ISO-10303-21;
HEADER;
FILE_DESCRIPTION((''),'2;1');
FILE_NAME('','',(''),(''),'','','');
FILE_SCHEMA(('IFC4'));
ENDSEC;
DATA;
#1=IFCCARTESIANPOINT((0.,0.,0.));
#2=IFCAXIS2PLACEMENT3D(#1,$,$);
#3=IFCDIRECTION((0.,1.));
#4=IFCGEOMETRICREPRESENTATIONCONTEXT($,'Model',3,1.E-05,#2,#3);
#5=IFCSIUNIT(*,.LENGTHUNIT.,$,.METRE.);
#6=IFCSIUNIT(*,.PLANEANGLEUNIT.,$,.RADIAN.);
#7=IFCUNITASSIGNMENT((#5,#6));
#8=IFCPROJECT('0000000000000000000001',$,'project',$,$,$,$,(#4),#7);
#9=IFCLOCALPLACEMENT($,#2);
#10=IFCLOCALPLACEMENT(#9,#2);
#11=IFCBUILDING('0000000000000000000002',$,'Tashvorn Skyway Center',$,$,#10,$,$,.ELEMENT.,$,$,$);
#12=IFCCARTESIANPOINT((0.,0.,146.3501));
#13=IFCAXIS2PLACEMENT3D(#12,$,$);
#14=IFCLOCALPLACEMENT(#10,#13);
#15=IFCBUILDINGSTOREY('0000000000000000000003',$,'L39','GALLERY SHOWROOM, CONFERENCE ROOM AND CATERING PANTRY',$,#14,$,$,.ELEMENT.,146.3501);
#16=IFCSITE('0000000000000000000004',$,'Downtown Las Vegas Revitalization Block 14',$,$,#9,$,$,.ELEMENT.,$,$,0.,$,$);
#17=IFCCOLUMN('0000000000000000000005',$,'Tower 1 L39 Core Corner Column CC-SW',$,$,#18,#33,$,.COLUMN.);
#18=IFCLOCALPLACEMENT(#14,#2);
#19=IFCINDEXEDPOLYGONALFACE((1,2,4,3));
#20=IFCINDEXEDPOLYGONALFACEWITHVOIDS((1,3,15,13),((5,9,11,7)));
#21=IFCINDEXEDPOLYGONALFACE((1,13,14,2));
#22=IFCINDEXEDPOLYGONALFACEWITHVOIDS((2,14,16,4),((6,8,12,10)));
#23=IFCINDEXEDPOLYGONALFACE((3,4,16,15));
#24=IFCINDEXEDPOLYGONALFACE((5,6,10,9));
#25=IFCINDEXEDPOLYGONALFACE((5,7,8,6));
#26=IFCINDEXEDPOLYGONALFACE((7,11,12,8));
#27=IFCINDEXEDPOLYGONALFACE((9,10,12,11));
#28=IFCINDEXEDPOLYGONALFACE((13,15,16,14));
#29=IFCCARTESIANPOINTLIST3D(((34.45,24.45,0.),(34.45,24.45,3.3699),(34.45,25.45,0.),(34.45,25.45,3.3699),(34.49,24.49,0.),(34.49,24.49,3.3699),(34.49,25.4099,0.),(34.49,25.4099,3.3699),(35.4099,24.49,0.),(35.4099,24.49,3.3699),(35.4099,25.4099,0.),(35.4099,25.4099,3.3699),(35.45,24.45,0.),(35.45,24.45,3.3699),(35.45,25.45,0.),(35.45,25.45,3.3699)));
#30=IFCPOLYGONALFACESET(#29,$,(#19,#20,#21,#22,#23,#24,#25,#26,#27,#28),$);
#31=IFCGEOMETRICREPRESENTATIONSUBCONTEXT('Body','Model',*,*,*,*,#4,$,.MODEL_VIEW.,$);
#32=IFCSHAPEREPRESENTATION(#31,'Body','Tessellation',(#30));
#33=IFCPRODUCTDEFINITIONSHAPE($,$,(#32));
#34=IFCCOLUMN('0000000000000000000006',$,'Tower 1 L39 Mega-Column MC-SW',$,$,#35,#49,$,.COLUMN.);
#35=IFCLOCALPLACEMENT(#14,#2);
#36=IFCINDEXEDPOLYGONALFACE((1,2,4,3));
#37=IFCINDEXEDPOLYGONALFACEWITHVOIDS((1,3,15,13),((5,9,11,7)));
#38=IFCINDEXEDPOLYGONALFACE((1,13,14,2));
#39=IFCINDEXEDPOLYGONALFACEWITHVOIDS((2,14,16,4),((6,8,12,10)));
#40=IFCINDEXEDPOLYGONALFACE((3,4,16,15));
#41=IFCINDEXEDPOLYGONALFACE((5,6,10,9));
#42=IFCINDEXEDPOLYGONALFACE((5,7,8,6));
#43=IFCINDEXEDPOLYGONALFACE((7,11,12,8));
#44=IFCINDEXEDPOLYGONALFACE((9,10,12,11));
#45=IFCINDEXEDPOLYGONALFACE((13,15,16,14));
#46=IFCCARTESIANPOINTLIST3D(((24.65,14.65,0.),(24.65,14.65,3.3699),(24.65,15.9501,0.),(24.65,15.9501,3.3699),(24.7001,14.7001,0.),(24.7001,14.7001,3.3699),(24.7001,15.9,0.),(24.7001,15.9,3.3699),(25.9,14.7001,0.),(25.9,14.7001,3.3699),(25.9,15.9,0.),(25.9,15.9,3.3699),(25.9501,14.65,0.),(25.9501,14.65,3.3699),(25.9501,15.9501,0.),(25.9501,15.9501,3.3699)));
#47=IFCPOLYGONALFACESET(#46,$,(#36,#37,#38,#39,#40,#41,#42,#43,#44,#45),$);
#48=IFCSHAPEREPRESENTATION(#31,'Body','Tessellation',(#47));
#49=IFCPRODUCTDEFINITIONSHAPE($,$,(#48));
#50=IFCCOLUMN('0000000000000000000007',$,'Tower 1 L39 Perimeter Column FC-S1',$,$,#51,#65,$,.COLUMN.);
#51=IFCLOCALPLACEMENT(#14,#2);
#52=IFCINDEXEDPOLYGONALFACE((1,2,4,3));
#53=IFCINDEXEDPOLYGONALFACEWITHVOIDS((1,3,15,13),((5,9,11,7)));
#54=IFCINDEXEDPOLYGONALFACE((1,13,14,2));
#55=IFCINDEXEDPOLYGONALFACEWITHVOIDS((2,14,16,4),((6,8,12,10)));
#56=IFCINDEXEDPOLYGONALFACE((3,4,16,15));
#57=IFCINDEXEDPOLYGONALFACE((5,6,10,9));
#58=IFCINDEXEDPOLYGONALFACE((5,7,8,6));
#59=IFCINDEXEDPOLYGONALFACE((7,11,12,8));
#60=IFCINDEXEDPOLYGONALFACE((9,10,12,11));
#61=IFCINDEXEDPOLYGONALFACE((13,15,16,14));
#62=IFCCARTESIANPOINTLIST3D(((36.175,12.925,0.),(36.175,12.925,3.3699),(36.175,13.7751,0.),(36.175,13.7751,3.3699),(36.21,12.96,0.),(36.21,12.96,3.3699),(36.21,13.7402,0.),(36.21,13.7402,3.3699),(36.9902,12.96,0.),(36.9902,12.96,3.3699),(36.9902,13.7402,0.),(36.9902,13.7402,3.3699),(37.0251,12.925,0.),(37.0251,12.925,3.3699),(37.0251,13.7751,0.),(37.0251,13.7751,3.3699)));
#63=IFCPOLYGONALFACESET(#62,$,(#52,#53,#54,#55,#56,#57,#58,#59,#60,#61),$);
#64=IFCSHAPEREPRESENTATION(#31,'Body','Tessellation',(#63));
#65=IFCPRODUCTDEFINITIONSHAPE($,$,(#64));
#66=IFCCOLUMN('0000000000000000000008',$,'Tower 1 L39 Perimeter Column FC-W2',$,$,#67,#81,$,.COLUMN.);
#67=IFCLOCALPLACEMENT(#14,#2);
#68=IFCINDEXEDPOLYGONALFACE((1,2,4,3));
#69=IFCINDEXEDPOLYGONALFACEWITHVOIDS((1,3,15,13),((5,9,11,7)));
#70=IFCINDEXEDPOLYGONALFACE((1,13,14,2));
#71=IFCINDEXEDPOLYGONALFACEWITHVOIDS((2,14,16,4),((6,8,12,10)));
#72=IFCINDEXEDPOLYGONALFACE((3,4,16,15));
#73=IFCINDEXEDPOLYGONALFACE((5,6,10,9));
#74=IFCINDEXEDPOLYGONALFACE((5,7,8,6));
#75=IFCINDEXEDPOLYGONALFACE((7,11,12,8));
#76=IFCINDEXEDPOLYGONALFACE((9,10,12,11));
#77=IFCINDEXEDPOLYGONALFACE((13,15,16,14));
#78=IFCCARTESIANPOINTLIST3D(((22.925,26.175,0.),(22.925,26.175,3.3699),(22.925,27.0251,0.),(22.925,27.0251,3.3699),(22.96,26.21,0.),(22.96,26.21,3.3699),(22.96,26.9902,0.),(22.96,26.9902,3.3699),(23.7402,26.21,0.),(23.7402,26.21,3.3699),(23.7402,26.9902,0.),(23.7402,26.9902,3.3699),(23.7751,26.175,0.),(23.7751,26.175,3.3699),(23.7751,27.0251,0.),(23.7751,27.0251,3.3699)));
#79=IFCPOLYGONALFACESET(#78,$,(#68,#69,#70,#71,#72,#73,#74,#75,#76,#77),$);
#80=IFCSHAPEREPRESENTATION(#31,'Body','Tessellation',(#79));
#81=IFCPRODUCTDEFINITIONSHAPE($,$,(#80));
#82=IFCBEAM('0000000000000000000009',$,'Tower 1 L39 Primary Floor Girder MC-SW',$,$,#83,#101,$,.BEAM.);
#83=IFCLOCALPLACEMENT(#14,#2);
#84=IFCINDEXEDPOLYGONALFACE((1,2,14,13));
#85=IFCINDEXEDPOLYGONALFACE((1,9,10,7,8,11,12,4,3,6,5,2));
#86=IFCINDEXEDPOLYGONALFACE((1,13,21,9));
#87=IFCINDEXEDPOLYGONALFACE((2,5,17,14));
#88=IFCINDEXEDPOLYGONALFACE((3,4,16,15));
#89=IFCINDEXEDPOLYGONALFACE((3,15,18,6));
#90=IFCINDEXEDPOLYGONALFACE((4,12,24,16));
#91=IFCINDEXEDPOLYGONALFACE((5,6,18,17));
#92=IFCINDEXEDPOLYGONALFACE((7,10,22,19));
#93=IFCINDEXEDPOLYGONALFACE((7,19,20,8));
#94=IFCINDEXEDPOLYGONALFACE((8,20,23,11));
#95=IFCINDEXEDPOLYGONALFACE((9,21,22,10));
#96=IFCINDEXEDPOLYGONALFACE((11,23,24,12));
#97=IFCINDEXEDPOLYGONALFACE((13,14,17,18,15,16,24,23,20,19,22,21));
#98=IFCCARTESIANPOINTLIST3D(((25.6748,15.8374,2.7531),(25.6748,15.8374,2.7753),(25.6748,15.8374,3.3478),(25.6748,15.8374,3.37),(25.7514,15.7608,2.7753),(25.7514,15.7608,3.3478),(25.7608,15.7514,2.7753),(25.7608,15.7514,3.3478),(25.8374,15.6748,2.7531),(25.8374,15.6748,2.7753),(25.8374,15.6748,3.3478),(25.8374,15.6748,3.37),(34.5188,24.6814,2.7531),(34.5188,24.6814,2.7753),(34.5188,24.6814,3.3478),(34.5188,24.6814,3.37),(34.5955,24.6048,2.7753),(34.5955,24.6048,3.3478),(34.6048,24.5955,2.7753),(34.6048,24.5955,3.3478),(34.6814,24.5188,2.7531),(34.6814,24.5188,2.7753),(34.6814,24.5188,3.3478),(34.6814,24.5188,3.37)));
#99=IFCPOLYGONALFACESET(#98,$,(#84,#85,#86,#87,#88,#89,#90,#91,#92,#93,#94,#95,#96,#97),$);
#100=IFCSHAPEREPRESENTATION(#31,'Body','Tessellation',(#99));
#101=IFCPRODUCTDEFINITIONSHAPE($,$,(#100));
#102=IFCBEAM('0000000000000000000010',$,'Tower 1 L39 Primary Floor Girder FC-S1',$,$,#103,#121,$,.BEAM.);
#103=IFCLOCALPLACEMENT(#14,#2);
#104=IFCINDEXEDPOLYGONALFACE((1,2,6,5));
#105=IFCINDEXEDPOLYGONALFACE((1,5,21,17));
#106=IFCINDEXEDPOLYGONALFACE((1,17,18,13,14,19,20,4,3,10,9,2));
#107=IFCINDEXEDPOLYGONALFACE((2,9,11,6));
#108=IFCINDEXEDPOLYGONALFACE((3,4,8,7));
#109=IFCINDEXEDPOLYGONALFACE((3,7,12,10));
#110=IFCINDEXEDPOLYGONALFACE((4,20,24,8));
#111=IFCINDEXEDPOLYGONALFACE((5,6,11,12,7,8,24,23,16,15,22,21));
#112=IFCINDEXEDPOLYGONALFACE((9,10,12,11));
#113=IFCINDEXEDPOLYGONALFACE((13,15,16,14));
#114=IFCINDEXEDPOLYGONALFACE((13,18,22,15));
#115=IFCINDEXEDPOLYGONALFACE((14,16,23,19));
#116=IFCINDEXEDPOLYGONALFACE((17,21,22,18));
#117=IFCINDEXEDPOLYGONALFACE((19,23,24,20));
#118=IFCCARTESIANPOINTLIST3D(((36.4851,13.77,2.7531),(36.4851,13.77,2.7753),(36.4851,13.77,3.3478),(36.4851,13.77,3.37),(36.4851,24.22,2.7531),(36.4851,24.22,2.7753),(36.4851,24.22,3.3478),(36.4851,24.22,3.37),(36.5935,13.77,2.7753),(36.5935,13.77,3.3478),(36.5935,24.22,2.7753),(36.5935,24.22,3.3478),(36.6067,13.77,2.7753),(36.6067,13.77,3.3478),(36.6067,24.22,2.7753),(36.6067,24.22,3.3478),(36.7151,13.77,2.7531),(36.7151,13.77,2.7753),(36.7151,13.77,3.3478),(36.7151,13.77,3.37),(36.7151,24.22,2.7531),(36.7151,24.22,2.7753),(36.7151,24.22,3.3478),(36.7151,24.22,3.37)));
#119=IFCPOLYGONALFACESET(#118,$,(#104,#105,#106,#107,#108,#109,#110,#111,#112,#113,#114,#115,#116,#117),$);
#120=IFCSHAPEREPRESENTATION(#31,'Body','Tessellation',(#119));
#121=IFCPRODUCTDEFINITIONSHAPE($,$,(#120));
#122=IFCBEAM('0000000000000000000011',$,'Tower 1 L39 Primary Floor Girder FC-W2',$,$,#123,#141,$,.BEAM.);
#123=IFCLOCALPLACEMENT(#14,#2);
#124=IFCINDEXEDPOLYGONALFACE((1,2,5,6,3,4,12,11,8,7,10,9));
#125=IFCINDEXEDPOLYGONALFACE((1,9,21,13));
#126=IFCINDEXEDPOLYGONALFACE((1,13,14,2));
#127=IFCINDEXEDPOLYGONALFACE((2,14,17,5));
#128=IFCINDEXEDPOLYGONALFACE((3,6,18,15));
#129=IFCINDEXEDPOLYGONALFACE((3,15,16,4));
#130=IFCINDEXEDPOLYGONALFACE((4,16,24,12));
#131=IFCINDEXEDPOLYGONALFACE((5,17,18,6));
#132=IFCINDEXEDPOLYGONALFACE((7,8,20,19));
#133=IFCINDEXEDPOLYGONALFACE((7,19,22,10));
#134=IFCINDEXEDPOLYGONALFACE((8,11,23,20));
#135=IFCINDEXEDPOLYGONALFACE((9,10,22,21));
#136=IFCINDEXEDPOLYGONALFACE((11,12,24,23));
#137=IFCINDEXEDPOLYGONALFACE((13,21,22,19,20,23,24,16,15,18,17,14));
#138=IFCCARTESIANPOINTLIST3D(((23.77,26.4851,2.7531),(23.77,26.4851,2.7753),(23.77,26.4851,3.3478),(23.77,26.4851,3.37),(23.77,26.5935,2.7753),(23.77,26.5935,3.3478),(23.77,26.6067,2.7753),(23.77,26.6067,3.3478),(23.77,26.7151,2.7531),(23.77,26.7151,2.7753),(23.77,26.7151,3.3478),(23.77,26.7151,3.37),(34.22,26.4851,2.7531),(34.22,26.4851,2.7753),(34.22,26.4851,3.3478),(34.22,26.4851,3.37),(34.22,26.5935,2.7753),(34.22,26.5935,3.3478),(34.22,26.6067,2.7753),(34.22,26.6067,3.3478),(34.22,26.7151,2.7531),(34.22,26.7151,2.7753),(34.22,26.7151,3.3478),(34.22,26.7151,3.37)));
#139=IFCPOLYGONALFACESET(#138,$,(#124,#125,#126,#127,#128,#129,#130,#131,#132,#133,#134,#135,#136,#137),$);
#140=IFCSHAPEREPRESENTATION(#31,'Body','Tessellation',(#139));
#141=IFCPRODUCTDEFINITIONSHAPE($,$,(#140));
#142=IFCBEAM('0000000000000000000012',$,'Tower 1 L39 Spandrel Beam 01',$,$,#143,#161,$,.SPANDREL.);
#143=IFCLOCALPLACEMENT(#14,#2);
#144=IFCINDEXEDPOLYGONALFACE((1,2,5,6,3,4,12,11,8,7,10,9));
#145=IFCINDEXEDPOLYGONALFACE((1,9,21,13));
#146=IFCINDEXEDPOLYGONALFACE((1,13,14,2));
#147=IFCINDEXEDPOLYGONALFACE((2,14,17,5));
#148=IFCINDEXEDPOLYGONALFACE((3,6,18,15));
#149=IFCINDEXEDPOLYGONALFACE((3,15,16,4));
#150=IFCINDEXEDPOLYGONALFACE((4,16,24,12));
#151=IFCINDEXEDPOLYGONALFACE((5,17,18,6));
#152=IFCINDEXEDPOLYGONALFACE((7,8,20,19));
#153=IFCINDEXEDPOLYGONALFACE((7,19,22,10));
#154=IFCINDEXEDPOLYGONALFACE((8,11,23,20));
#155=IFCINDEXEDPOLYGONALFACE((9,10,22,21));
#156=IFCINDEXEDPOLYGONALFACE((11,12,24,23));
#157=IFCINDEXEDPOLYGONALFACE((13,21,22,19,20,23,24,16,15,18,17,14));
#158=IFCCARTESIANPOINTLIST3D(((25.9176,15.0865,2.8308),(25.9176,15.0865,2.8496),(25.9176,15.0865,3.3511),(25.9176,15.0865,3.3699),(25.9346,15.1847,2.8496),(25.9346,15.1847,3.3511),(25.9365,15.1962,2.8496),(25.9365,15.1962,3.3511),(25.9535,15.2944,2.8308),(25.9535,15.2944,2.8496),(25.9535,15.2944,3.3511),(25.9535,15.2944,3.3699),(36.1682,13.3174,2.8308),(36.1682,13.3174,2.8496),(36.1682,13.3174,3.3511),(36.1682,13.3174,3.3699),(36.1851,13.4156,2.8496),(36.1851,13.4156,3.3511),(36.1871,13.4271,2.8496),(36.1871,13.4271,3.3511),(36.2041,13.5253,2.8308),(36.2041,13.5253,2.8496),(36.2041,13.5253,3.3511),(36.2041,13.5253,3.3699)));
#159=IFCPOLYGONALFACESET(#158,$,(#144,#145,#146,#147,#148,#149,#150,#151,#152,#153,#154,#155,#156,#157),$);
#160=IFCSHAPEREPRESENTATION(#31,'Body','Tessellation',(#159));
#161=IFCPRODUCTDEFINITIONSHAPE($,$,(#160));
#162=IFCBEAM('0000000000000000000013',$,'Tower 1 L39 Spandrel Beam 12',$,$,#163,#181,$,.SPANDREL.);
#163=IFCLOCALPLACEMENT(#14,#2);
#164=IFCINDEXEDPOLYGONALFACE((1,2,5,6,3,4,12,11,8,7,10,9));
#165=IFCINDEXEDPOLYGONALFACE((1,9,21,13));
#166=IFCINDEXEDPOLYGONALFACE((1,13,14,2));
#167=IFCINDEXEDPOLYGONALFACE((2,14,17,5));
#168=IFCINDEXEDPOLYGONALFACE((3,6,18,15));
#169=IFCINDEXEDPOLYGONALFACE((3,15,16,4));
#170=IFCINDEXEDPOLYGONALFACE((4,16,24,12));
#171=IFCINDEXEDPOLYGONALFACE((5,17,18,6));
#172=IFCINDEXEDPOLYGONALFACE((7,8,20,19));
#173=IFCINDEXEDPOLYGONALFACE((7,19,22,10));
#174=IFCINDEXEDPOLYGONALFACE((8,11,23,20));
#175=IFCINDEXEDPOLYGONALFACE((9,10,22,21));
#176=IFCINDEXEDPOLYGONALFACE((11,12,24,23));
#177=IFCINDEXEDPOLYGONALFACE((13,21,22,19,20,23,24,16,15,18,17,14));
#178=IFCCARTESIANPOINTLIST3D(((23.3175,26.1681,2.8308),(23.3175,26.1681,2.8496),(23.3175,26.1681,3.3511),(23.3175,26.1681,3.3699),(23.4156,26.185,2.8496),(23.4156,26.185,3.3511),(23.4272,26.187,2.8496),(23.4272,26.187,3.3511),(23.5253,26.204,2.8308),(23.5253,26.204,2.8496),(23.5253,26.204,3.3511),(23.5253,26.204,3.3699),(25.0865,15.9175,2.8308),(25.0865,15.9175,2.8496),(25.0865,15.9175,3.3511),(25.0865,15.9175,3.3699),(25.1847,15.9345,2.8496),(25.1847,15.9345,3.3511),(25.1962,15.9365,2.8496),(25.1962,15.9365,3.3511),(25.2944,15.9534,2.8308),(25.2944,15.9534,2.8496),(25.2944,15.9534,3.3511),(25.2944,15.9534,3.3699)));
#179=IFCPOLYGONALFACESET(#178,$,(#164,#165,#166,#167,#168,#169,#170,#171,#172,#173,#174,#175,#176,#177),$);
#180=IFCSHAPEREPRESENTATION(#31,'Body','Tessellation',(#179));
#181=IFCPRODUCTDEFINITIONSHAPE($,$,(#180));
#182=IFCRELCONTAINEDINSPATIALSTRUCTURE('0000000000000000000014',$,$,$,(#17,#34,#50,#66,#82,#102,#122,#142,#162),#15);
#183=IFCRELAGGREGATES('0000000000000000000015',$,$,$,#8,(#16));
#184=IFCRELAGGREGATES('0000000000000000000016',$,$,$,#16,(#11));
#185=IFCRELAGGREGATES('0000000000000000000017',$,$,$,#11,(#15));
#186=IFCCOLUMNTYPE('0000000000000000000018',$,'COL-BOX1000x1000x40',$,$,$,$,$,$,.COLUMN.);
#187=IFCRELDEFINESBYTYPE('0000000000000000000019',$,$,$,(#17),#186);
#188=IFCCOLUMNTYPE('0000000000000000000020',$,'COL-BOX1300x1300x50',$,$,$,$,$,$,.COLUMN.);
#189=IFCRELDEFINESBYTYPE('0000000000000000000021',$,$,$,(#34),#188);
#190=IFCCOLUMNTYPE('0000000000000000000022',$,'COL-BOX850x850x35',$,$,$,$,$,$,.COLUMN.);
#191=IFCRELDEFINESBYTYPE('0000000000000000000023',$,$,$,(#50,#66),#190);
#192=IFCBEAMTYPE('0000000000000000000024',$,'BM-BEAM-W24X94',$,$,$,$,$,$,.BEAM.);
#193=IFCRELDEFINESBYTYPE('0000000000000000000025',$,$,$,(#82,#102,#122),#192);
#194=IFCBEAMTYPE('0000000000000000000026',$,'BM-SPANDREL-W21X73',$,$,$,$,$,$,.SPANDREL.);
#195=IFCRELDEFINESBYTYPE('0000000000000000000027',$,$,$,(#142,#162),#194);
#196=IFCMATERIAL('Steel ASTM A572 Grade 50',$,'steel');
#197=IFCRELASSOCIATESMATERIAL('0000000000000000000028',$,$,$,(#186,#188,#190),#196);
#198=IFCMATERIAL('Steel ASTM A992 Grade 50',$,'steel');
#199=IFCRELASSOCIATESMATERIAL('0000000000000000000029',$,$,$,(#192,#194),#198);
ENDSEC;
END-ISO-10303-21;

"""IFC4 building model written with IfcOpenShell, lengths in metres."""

from ifc_helpers import new_model, si_unit, direction, frame, origin, origin_2d, place, context, subcontext, project, spatial, hollow_rectangle, i_section, extrude, material, material_profile, profile_set, type_object, element, save


model = new_model("IFC4")

# Units and contexts
model_context = context("Model", 3, precision=1e-05, world=origin(), true_north=direction((0.0, 1.0)))
body_context = subcontext(model_context, "Body", "Model", "MODEL_VIEW")
ifc_project = project(units=[si_unit("LENGTHUNIT", "METRE"), si_unit("PLANEANGLEUNIT", "RADIAN")], contexts=[model_context])

# Site, building, storey
site_placement = place(None, origin())
site = spatial("IfcSite", under=ifc_project, at=site_placement, Name="Downtown Las Vegas Revitalization Block 14", CompositionType="ELEMENT", RefElevation=0.0)
building_placement = place(site_placement, origin())
building = spatial("IfcBuilding", under=site, at=building_placement, Name="Tashvorn Skyway Center", CompositionType="ELEMENT")
storey_placement = place(building_placement, frame((0.0, 0.0, 146.3501)))
storey = spatial("IfcBuildingStorey", under=building, at=storey_placement, Name="L39", Description="GALLERY SHOWROOM, CONFERENCE ROOM AND CATERING PANTRY", CompositionType="ELEMENT", Elevation=146.3501)

# Columns
ifc_material_1 = material(Name="Steel ASTM A572 Grade 50", Category="steel")
ifc_material_profile_1 = material_profile(ifc_material_1, hollow_rectangle(XDim=1.0, YDim=1.0, WallThickness=0.04, at=origin_2d()), Name="BOX1000x1000x40")
ifc_profile_set_1 = profile_set([ifc_material_profile_1], Name="Steel ASTM A572 Grade 50")
column_type_1 = type_object("IfcColumnType", Name="COL-BOX1000x1000x40", PredefinedType="COLUMN", material=ifc_profile_set_1)
column_1_placement = place(storey_placement, frame((34.95, 24.95, 0.0), z_axis=(0.0, 0.0, 1.0), x_axis=(1.0, 0.0, 0.0)))
element("IfcColumn", 1, at=column_1_placement, inside=storey, type_object=column_type_1, Name="Tower 1 L39 Core Corner Column CC-SW", PredefinedType="COLUMN", context=body_context, shape_type="SweptSolid", body=[
    extrude(hollow_rectangle(XDim=1.0, YDim=1.0, WallThickness=0.04, at=origin_2d()), origin(), (0.0, 0.0, 1.0), 3.3699),
])
ifc_material_profile_2 = material_profile(ifc_material_1, hollow_rectangle(XDim=1.3, YDim=1.3, WallThickness=0.05, at=origin_2d()), Name="BOX1300x1300x50")
ifc_profile_set_2 = profile_set([ifc_material_profile_2], Name="Steel ASTM A572 Grade 50")
column_type_2 = type_object("IfcColumnType", Name="COL-BOX1300x1300x50", PredefinedType="COLUMN", material=ifc_profile_set_2)
column_2_placement = place(storey_placement, frame((25.3, 15.3, 0.0), z_axis=(0.0, 0.0, 1.0), x_axis=(1.0, 0.0, 0.0)))
element("IfcColumn", 2, at=column_2_placement, inside=storey, type_object=column_type_2, Name="Tower 1 L39 Mega-Column MC-SW", PredefinedType="COLUMN", context=body_context, shape_type="SweptSolid", body=[
    extrude(hollow_rectangle(XDim=1.3, YDim=1.3, WallThickness=0.05, at=origin_2d()), origin(), (0.0, 0.0, 1.0), 3.3699),
])
ifc_material_profile_3 = material_profile(ifc_material_1, hollow_rectangle(XDim=0.8501, YDim=0.8501, WallThickness=0.0349, at=origin_2d()), Name="BOX850x850x35")
ifc_profile_set_3 = profile_set([ifc_material_profile_3], Name="Steel ASTM A572 Grade 50")
column_type_3 = type_object("IfcColumnType", Name="COL-BOX850x850x35", PredefinedType="COLUMN", material=ifc_profile_set_3)
for number, where, z_axis, x_axis, name in (
    (3, (36.6001, 13.3501, 0.0), (0.0, 0.0, 1.0), (1.0, 0.0, 0.0), "Tower 1 L39 Perimeter Column FC-S1"),
    (4, (23.3501, 26.6001, 0.0), (0.0, 0.0, 1.0), (1.0, 0.0, 0.0), "Tower 1 L39 Perimeter Column FC-W2"),
):
    element("IfcColumn", number, at=place(storey_placement, frame(where, z_axis=z_axis, x_axis=x_axis)), inside=storey, type_object=column_type_3, Name=name, PredefinedType="COLUMN", context=body_context, shape_type="SweptSolid", body=[
        extrude(hollow_rectangle(XDim=0.8501, YDim=0.8501, WallThickness=0.0349, at=origin_2d()), origin(), (0.0, 0.0, 1.0), 3.3699),
    ])

# Beams
ifc_material_2 = material(Name="Steel ASTM A992 Grade 50", Category="steel")
ifc_material_profile_4 = material_profile(ifc_material_2, i_section(OverallWidth=0.23, OverallDepth=0.6169, WebThickness=0.0132, FlangeThickness=0.0222, at=origin_2d()), Name="W24X94")
ifc_profile_set_4 = profile_set([ifc_material_profile_4], Name="Steel ASTM A992 Grade 50")
beam_type_1 = type_object("IfcBeamType", Name="BM-BEAM-W24X94", PredefinedType="BEAM", material=ifc_profile_set_4)
beam_placement = place(storey_placement, frame((25.7561, 15.7561, 3.0615), z_axis=(0.707107, 0.707107, 0.0), x_axis=(-0.707107, 0.707107, 0.0)))
element("IfcBeam", 5, at=beam_placement, inside=storey, type_object=beam_type_1, Name="Tower 1 L39 Primary Floor Girder MC-SW", PredefinedType="BEAM", context=body_context, shape_type="SweptSolid", body=[
    extrude(i_section(OverallWidth=0.23, OverallDepth=0.6169, WebThickness=0.0132, FlangeThickness=0.0222, at=origin_2d()), origin(), (0.0, 0.0, 1.0), 12.5073),
])
for number, where, z_axis, x_axis, name in (
    (6, (36.6001, 13.77, 3.0615), (0.0, 1.0, 0.0), (-1.0, 0.0, 0.0), "Tower 1 L39 Primary Floor Girder FC-S1"),
    (7, (23.77, 26.6001, 3.0615), (1.0, 0.0, 0.0), (0.0, 1.0, 0.0), "Tower 1 L39 Primary Floor Girder FC-W2"),
):
    element("IfcBeam", number, at=place(storey_placement, frame(where, z_axis=z_axis, x_axis=x_axis)), inside=storey, type_object=beam_type_1, Name=name, PredefinedType="BEAM", context=body_context, shape_type="SweptSolid", body=[
        extrude(i_section(OverallWidth=0.23, OverallDepth=0.6169, WebThickness=0.0132, FlangeThickness=0.0222, at=origin_2d()), origin(), (0.0, 0.0, 1.0), 10.45),
    ])
ifc_material_profile_5 = material_profile(ifc_material_2, i_section(OverallWidth=0.2109, OverallDepth=0.5391, WebThickness=0.0117, FlangeThickness=0.0188, at=origin_2d()), Name="W21X73")
ifc_profile_set_5 = profile_set([ifc_material_profile_5], Name="Steel ASTM A992 Grade 50")
beam_type_2 = type_object("IfcBeamType", Name="BM-SPANDREL-W21X73", PredefinedType="SPANDREL", material=ifc_profile_set_5)
for number, where, z_axis, x_axis, name in (
    (8, (25.9355, 15.1904, 3.1003), (0.985432, -0.170067, 0.0), (0.170067, 0.985432, 0.0), "Tower 1 L39 Spandrel Beam 01"),
    (9, (23.4214, 26.186, 3.1003), (0.170067, -0.985432, 0.0), (0.985432, 0.170067, 0.0), "Tower 1 L39 Spandrel Beam 12"),
):
    element("IfcBeam", number, at=place(storey_placement, frame(where, z_axis=z_axis, x_axis=x_axis)), inside=storey, type_object=beam_type_2, Name=name, PredefinedType="SPANDREL", context=body_context, shape_type="SweptSolid", body=[
        extrude(i_section(OverallWidth=0.2109, OverallDepth=0.5391, WebThickness=0.0117, FlangeThickness=0.0188, at=origin_2d()), origin(), (0.0, 0.0, 1.0), 10.4021),
    ])

save(model, "model.ifc")
